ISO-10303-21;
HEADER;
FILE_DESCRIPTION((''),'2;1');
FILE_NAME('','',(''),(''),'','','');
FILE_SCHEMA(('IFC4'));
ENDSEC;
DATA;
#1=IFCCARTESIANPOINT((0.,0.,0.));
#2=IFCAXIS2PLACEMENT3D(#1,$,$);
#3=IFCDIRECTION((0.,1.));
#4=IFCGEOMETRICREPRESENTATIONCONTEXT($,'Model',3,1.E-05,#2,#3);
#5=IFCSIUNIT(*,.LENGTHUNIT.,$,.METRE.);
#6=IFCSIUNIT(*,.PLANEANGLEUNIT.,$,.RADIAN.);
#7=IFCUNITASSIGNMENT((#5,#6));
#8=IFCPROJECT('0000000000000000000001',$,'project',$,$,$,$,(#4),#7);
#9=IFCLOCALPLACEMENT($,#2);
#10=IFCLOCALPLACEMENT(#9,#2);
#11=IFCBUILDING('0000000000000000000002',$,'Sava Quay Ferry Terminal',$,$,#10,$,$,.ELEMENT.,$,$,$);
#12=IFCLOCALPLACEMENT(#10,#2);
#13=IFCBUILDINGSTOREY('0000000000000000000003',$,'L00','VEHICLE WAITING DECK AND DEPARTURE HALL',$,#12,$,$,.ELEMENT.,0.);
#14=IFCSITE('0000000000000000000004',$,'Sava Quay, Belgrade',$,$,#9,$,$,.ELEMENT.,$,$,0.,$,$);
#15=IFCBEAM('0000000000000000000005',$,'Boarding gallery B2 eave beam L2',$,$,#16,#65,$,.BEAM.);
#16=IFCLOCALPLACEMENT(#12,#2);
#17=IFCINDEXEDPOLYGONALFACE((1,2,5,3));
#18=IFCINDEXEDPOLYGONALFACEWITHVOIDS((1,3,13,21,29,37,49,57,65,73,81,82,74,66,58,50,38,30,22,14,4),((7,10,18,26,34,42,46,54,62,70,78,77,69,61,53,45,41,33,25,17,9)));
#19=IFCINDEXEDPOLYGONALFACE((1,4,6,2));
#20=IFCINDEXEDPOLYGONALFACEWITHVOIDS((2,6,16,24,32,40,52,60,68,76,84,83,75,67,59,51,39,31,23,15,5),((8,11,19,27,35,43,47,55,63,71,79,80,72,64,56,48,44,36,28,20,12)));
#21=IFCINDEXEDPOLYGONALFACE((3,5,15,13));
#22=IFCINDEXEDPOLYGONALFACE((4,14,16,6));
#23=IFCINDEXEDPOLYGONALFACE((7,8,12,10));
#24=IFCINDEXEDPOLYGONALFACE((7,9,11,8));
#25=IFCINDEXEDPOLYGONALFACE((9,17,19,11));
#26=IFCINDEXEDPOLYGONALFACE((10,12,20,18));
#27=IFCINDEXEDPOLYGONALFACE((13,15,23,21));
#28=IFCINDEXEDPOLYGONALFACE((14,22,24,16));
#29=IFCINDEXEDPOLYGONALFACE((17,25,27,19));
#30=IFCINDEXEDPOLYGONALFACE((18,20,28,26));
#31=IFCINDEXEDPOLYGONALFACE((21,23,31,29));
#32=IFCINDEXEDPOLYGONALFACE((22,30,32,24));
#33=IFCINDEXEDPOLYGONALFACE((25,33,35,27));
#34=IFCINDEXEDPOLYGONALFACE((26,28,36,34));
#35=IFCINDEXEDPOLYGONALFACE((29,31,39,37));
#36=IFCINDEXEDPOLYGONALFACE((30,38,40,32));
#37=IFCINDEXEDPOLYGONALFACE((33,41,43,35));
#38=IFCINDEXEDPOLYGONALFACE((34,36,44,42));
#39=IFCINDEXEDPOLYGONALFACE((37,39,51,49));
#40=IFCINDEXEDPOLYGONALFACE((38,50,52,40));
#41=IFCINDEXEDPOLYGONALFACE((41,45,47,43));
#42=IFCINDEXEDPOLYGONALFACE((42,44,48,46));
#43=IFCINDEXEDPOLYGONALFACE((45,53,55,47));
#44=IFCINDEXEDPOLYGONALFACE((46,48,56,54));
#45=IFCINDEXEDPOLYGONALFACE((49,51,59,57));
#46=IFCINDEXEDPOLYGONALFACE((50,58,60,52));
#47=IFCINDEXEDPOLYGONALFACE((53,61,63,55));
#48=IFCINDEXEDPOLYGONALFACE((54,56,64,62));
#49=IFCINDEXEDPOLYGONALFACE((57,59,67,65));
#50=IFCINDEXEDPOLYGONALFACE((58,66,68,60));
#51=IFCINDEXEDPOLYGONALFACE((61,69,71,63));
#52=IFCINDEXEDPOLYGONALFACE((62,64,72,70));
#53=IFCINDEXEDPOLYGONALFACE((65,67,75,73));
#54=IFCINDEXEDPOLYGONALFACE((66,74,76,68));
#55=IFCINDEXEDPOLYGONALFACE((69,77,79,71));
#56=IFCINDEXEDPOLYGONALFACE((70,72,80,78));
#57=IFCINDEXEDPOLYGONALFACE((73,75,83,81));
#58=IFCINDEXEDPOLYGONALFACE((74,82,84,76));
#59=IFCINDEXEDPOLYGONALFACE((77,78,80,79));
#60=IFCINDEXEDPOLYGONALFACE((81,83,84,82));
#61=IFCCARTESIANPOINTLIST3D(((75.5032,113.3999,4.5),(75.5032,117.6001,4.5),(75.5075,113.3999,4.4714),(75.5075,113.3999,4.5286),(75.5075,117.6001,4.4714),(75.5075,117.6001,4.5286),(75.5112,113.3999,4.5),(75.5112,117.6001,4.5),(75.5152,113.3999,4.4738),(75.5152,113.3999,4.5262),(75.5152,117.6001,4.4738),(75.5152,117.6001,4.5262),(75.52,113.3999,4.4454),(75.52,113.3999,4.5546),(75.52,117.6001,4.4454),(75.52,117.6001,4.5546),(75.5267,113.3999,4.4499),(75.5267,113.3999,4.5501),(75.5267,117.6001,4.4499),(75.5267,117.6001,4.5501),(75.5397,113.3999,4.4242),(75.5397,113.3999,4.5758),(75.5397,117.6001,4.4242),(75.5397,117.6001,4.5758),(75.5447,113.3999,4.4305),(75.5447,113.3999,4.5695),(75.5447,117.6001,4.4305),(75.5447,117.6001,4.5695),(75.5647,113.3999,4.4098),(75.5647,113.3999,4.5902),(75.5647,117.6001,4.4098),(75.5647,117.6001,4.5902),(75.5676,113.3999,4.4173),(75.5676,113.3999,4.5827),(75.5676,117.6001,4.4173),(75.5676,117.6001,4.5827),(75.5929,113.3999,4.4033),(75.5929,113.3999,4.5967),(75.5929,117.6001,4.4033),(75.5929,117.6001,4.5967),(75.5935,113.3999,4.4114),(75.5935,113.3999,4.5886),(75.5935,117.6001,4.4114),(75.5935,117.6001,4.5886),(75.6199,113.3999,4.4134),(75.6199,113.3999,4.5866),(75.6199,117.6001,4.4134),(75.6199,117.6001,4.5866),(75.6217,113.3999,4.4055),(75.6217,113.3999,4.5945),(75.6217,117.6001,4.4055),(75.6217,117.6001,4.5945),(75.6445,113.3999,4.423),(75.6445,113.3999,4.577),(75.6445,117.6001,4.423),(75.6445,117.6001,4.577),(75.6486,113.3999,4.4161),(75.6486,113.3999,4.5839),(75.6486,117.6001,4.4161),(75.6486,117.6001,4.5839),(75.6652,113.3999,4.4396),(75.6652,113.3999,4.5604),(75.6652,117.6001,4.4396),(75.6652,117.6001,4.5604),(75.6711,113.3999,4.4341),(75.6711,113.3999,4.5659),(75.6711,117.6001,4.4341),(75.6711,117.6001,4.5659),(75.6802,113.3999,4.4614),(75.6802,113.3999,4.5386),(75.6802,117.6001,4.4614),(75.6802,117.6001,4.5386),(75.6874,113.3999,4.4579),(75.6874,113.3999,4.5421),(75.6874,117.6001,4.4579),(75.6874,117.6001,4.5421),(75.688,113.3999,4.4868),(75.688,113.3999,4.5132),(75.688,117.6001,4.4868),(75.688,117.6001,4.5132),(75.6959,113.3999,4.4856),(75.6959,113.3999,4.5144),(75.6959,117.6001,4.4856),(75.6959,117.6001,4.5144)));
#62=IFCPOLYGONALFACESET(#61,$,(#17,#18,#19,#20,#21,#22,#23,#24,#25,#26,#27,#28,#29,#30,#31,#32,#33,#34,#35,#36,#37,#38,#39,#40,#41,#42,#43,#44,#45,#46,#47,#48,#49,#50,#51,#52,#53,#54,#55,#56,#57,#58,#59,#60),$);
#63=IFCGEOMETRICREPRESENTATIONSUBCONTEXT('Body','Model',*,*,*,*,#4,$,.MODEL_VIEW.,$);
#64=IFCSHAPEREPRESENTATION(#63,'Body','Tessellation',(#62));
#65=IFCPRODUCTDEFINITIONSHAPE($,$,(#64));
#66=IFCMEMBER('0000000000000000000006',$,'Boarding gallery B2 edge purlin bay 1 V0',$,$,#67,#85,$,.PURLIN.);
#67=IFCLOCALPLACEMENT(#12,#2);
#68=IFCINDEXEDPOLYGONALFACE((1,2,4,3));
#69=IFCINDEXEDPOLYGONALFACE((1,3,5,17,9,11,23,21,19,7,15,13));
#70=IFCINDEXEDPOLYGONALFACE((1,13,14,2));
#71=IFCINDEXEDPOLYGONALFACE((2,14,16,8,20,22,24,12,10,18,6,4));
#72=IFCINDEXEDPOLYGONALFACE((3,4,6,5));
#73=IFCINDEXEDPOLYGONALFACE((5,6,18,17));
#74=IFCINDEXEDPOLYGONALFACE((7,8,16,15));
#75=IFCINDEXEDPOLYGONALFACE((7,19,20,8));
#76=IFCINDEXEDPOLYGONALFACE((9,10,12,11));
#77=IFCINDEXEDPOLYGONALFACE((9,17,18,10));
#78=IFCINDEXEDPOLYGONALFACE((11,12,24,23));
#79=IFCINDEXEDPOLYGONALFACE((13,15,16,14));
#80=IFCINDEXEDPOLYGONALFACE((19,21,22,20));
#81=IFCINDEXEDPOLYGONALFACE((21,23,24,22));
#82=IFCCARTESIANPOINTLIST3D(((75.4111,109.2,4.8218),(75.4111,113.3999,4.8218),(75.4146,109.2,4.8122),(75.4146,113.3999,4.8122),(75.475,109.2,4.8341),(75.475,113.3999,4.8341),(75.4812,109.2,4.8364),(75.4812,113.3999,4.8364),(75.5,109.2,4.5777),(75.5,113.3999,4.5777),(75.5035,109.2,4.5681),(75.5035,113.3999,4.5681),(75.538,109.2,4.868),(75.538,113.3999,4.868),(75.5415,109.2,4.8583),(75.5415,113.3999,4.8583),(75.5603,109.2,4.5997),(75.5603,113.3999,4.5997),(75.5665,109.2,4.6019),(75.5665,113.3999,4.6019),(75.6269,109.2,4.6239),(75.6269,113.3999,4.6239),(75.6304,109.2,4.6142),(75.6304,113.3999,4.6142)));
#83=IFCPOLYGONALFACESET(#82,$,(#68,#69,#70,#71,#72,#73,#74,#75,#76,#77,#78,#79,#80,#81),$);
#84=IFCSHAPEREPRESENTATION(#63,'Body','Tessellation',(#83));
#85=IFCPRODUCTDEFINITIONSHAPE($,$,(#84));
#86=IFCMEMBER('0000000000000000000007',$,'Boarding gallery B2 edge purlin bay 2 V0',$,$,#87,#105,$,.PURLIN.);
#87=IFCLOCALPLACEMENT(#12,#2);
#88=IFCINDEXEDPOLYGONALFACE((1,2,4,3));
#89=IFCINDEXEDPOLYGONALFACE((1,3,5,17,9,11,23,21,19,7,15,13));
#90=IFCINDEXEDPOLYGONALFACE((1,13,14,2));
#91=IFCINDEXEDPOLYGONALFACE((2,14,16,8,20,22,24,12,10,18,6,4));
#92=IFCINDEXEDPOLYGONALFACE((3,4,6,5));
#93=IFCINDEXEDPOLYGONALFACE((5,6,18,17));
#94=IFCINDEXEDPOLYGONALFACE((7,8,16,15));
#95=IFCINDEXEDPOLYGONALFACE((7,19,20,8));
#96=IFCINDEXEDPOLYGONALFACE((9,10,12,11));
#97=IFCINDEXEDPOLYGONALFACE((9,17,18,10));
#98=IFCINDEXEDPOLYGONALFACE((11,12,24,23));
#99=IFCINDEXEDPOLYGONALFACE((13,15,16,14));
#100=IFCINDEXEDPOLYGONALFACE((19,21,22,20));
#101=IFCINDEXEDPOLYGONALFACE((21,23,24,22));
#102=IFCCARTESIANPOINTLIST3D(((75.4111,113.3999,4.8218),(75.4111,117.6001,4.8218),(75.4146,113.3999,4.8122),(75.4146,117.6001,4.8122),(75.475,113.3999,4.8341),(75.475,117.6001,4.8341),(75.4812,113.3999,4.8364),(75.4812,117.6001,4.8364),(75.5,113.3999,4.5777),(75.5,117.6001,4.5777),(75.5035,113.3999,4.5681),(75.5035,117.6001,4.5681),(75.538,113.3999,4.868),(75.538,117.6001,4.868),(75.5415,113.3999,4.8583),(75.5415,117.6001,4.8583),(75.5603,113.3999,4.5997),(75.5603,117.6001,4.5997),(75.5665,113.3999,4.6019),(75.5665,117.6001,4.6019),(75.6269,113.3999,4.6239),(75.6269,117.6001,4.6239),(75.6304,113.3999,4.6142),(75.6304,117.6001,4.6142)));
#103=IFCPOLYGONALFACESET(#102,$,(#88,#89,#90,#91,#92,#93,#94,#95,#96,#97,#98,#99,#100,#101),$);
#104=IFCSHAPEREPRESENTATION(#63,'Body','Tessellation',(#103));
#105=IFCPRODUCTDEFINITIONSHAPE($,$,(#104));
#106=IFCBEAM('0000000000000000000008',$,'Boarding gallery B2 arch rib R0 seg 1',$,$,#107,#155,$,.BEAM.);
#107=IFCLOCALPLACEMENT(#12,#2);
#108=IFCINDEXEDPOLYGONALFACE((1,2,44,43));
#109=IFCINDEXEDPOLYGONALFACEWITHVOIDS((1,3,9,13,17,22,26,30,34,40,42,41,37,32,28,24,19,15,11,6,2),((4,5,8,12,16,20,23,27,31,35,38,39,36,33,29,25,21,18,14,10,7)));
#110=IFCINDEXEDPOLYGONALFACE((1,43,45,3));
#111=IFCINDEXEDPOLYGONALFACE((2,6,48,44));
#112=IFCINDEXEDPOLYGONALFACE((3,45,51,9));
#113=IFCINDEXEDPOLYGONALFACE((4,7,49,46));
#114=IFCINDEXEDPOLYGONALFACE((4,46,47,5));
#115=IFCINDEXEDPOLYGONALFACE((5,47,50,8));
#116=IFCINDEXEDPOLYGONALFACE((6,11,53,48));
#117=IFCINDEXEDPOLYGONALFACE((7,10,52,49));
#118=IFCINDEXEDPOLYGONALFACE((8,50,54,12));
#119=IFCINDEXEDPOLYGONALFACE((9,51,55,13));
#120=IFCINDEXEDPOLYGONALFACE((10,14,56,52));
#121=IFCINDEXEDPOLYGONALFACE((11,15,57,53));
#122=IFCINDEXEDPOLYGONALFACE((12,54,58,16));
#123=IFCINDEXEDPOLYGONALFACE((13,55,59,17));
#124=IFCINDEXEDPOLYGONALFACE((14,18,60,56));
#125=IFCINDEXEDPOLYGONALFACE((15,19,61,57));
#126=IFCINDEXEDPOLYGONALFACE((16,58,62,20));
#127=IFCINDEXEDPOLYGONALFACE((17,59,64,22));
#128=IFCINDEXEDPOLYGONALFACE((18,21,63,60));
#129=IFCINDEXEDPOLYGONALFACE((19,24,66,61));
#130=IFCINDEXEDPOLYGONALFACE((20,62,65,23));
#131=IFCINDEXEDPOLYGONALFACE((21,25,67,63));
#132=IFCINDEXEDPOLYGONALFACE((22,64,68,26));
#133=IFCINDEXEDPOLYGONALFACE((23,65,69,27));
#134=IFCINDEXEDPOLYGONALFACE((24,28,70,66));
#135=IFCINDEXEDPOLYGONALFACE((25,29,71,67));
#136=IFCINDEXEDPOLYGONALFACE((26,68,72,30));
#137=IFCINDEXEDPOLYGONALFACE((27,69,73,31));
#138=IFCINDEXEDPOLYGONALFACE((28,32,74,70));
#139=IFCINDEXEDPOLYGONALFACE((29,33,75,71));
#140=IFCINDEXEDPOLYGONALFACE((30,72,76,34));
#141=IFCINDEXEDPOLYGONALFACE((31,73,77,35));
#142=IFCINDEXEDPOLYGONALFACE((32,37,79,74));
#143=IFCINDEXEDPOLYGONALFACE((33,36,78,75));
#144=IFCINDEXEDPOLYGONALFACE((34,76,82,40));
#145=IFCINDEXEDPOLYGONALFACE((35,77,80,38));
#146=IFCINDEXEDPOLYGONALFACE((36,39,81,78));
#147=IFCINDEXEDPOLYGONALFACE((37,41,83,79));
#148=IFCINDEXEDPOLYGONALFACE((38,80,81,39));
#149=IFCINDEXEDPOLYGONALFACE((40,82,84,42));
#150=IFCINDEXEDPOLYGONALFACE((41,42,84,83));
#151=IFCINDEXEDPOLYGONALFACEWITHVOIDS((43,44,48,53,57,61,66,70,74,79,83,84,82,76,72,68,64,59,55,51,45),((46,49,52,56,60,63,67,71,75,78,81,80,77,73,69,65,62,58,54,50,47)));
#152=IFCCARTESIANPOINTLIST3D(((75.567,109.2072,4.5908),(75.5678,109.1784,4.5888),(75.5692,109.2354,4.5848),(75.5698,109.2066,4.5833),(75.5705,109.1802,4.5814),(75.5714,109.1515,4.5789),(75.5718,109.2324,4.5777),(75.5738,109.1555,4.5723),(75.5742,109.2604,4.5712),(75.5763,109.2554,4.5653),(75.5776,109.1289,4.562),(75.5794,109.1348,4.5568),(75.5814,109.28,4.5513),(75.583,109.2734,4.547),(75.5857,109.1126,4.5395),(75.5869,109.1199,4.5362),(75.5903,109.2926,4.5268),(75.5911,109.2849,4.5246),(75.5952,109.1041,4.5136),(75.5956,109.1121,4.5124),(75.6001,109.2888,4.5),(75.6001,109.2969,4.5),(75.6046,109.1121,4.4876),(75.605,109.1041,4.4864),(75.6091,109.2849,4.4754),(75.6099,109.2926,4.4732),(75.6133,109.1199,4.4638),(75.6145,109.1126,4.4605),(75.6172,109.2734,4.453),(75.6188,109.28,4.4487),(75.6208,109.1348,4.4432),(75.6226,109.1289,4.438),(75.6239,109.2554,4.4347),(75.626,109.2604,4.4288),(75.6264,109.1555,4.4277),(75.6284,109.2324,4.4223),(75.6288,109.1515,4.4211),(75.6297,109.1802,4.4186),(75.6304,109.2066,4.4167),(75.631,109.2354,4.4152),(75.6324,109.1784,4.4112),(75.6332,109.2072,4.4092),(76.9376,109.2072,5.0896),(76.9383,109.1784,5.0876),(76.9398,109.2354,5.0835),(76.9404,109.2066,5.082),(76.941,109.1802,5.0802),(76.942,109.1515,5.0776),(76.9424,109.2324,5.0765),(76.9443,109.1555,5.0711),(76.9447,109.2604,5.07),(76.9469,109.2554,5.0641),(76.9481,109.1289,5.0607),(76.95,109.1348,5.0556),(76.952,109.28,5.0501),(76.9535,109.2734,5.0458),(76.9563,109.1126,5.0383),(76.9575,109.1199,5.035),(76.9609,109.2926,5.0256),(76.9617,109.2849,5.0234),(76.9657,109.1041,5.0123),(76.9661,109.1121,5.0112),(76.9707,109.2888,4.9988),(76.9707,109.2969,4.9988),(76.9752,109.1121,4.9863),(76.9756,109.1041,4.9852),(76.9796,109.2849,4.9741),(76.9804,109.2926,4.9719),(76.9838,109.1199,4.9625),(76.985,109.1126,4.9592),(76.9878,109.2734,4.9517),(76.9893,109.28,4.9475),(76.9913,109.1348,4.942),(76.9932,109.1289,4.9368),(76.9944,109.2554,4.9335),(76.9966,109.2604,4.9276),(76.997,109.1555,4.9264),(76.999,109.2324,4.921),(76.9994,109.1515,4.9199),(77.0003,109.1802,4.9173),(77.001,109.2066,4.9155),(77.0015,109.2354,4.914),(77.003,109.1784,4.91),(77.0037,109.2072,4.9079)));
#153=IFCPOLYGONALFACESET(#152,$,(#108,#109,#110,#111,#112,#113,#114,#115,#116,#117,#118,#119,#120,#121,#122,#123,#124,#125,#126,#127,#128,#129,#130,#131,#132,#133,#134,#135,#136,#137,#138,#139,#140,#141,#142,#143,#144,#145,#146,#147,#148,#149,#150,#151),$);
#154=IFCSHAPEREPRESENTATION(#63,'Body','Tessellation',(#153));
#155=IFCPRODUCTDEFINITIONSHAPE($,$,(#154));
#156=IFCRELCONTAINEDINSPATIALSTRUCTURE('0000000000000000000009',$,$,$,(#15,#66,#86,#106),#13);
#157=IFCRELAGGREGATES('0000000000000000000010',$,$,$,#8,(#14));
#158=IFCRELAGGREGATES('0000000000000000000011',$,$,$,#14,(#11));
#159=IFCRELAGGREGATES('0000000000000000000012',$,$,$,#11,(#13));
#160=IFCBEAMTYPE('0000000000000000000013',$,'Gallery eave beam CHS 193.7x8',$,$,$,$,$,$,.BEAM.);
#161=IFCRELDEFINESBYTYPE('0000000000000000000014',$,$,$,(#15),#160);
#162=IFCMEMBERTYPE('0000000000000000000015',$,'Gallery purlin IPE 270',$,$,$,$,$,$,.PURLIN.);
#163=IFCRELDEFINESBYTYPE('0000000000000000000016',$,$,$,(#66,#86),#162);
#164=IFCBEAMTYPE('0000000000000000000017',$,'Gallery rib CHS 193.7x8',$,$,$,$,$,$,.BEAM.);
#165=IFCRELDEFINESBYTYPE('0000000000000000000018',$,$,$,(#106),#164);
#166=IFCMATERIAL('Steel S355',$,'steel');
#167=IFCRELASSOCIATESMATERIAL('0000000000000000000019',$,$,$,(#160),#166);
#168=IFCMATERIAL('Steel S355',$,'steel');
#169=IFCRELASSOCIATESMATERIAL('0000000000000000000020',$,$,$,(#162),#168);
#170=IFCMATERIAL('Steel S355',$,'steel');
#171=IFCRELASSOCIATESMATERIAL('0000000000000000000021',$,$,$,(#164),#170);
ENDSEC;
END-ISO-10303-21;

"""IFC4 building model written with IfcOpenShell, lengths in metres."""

from ifc_helpers import new_model, si_unit, direction, frame, origin, origin_2d, place, context, subcontext, project, spatial, hollow_circle, i_section, extrude, material, material_profile, profile_set, type_object, element, save


model = new_model("IFC4")

# Units and contexts
model_context = context("Model", 3, precision=1e-05, world=origin(), true_north=direction((0.0, 1.0)))
body_context = subcontext(model_context, "Body", "Model", "MODEL_VIEW")
ifc_project = project(units=[si_unit("LENGTHUNIT", "METRE"), si_unit("PLANEANGLEUNIT", "RADIAN")], contexts=[model_context])

# Site, building, storey
site_placement = place(None, origin())
site = spatial("IfcSite", under=ifc_project, at=site_placement, Name="Sava Quay, Belgrade", CompositionType="ELEMENT", RefElevation=0.0)
building_placement = place(site_placement, origin())
building = spatial("IfcBuilding", under=site, at=building_placement, Name="Sava Quay Ferry Terminal", CompositionType="ELEMENT")
storey_placement = place(building_placement, origin())
storey = spatial("IfcBuildingStorey", under=building, at=storey_placement, Name="L00", Description="VEHICLE WAITING DECK AND DEPARTURE HALL", CompositionType="ELEMENT", Elevation=0.0)

# Beam
ifc_material_1 = material(Name="Steel S355", Category="steel")
ifc_material_profile_1 = material_profile(ifc_material_1, hollow_circle(Radius=0.0969, WallThickness=0.0081, at=origin_2d()), Name="CHS 193.7 x 8.0")
ifc_profile_set_1 = profile_set([ifc_material_profile_1], Name="Steel S355")
beam_type_1 = type_object("IfcBeamType", Name="Gallery eave beam CHS 193.7x8", PredefinedType="BEAM", material=ifc_profile_set_1)
beam_1_placement = place(storey_placement, frame((75.6001, 113.3999, 4.5), z_axis=(0.0, 1.0, 0.0), x_axis=(-1.0, 0.0, 0.0)))
element("IfcBeam", 1, at=beam_1_placement, inside=storey, type_object=beam_type_1, Name="Boarding gallery B2 eave beam L2", PredefinedType="BEAM", context=body_context, shape_type="SweptSolid", body=[
    extrude(hollow_circle(Radius=0.0969, WallThickness=0.0081, at=origin_2d()), origin(), (0.0, 0.0, 1.0), 4.2002),
])

# Members
ifc_material_2 = material(Name="Steel S355", Category="steel")
ifc_material_profile_2 = material_profile(ifc_material_2, i_section(OverallWidth=0.135, OverallDepth=0.27, WebThickness=0.0066, FlangeThickness=0.0103, at=origin_2d()), Name="IPE 270")
ifc_profile_set_2 = profile_set([ifc_material_profile_2], Name="Steel S355")
member_type_1 = type_object("IfcMemberType", Name="Gallery purlin IPE 270", PredefinedType="PURLIN", material=ifc_profile_set_2)
member_1_placement = place(storey_placement, frame((75.5208, 109.2, 4.718), z_axis=(0.0, 1.0, 0.0), x_axis=(-0.939693, 0.0, -0.34202)))
element("IfcMember", 2, at=member_1_placement, inside=storey, type_object=member_type_1, Name="Boarding gallery B2 edge purlin bay 1 V0", PredefinedType="PURLIN", context=body_context, shape_type="SweptSolid", body=[
    extrude(i_section(OverallWidth=0.135, OverallDepth=0.27, WebThickness=0.0066, FlangeThickness=0.0103, at=origin_2d()), origin(), (0.0, 0.0, 1.0), 4.2),
])
member_2_placement = place(storey_placement, frame((75.5208, 113.3999, 4.718), z_axis=(0.0, 1.0, 0.0), x_axis=(-0.939693, 0.0, -0.34202)))
element("IfcMember", 3, at=member_2_placement, inside=storey, type_object=member_type_1, Name="Boarding gallery B2 edge purlin bay 2 V0", PredefinedType="PURLIN", context=body_context, shape_type="SweptSolid", body=[
    extrude(i_section(OverallWidth=0.135, OverallDepth=0.27, WebThickness=0.0066, FlangeThickness=0.0103, at=origin_2d()), origin(), (0.0, 0.0, 1.0), 4.2002),
])

# Beam
ifc_material_3 = material(Name="Steel S355", Category="steel")
ifc_material_profile_3 = material_profile(ifc_material_3, hollow_circle(Radius=0.0969, WallThickness=0.0081, at=origin_2d()), Name="CHS 193.7 x 8.0")
ifc_profile_set_3 = profile_set([ifc_material_profile_3], Name="Steel S355")
beam_type_2 = type_object("IfcBeamType", Name="Gallery rib CHS 193.7x8", PredefinedType="BEAM", material=ifc_profile_set_3)
for number, where, z_axis, x_axis, name in (
    (4, (75.6001, 109.2, 4.5), (0.93971, 0.0, 0.341972), (0.0, 1.0, 0.0), "Boarding gallery B2 arch rib R0 seg 1"),
):
    element("IfcBeam", number, at=place(storey_placement, frame(where, z_axis=z_axis, x_axis=x_axis)), inside=storey, type_object=beam_type_2, Name=name, PredefinedType="BEAM", context=body_context, shape_type="SweptSolid", body=[
        extrude(hollow_circle(Radius=0.0969, WallThickness=0.0081, at=origin_2d()), origin(), (0.0, 0.0, 1.0), 1.4585),
    ])

save(model, "model.ifc")
